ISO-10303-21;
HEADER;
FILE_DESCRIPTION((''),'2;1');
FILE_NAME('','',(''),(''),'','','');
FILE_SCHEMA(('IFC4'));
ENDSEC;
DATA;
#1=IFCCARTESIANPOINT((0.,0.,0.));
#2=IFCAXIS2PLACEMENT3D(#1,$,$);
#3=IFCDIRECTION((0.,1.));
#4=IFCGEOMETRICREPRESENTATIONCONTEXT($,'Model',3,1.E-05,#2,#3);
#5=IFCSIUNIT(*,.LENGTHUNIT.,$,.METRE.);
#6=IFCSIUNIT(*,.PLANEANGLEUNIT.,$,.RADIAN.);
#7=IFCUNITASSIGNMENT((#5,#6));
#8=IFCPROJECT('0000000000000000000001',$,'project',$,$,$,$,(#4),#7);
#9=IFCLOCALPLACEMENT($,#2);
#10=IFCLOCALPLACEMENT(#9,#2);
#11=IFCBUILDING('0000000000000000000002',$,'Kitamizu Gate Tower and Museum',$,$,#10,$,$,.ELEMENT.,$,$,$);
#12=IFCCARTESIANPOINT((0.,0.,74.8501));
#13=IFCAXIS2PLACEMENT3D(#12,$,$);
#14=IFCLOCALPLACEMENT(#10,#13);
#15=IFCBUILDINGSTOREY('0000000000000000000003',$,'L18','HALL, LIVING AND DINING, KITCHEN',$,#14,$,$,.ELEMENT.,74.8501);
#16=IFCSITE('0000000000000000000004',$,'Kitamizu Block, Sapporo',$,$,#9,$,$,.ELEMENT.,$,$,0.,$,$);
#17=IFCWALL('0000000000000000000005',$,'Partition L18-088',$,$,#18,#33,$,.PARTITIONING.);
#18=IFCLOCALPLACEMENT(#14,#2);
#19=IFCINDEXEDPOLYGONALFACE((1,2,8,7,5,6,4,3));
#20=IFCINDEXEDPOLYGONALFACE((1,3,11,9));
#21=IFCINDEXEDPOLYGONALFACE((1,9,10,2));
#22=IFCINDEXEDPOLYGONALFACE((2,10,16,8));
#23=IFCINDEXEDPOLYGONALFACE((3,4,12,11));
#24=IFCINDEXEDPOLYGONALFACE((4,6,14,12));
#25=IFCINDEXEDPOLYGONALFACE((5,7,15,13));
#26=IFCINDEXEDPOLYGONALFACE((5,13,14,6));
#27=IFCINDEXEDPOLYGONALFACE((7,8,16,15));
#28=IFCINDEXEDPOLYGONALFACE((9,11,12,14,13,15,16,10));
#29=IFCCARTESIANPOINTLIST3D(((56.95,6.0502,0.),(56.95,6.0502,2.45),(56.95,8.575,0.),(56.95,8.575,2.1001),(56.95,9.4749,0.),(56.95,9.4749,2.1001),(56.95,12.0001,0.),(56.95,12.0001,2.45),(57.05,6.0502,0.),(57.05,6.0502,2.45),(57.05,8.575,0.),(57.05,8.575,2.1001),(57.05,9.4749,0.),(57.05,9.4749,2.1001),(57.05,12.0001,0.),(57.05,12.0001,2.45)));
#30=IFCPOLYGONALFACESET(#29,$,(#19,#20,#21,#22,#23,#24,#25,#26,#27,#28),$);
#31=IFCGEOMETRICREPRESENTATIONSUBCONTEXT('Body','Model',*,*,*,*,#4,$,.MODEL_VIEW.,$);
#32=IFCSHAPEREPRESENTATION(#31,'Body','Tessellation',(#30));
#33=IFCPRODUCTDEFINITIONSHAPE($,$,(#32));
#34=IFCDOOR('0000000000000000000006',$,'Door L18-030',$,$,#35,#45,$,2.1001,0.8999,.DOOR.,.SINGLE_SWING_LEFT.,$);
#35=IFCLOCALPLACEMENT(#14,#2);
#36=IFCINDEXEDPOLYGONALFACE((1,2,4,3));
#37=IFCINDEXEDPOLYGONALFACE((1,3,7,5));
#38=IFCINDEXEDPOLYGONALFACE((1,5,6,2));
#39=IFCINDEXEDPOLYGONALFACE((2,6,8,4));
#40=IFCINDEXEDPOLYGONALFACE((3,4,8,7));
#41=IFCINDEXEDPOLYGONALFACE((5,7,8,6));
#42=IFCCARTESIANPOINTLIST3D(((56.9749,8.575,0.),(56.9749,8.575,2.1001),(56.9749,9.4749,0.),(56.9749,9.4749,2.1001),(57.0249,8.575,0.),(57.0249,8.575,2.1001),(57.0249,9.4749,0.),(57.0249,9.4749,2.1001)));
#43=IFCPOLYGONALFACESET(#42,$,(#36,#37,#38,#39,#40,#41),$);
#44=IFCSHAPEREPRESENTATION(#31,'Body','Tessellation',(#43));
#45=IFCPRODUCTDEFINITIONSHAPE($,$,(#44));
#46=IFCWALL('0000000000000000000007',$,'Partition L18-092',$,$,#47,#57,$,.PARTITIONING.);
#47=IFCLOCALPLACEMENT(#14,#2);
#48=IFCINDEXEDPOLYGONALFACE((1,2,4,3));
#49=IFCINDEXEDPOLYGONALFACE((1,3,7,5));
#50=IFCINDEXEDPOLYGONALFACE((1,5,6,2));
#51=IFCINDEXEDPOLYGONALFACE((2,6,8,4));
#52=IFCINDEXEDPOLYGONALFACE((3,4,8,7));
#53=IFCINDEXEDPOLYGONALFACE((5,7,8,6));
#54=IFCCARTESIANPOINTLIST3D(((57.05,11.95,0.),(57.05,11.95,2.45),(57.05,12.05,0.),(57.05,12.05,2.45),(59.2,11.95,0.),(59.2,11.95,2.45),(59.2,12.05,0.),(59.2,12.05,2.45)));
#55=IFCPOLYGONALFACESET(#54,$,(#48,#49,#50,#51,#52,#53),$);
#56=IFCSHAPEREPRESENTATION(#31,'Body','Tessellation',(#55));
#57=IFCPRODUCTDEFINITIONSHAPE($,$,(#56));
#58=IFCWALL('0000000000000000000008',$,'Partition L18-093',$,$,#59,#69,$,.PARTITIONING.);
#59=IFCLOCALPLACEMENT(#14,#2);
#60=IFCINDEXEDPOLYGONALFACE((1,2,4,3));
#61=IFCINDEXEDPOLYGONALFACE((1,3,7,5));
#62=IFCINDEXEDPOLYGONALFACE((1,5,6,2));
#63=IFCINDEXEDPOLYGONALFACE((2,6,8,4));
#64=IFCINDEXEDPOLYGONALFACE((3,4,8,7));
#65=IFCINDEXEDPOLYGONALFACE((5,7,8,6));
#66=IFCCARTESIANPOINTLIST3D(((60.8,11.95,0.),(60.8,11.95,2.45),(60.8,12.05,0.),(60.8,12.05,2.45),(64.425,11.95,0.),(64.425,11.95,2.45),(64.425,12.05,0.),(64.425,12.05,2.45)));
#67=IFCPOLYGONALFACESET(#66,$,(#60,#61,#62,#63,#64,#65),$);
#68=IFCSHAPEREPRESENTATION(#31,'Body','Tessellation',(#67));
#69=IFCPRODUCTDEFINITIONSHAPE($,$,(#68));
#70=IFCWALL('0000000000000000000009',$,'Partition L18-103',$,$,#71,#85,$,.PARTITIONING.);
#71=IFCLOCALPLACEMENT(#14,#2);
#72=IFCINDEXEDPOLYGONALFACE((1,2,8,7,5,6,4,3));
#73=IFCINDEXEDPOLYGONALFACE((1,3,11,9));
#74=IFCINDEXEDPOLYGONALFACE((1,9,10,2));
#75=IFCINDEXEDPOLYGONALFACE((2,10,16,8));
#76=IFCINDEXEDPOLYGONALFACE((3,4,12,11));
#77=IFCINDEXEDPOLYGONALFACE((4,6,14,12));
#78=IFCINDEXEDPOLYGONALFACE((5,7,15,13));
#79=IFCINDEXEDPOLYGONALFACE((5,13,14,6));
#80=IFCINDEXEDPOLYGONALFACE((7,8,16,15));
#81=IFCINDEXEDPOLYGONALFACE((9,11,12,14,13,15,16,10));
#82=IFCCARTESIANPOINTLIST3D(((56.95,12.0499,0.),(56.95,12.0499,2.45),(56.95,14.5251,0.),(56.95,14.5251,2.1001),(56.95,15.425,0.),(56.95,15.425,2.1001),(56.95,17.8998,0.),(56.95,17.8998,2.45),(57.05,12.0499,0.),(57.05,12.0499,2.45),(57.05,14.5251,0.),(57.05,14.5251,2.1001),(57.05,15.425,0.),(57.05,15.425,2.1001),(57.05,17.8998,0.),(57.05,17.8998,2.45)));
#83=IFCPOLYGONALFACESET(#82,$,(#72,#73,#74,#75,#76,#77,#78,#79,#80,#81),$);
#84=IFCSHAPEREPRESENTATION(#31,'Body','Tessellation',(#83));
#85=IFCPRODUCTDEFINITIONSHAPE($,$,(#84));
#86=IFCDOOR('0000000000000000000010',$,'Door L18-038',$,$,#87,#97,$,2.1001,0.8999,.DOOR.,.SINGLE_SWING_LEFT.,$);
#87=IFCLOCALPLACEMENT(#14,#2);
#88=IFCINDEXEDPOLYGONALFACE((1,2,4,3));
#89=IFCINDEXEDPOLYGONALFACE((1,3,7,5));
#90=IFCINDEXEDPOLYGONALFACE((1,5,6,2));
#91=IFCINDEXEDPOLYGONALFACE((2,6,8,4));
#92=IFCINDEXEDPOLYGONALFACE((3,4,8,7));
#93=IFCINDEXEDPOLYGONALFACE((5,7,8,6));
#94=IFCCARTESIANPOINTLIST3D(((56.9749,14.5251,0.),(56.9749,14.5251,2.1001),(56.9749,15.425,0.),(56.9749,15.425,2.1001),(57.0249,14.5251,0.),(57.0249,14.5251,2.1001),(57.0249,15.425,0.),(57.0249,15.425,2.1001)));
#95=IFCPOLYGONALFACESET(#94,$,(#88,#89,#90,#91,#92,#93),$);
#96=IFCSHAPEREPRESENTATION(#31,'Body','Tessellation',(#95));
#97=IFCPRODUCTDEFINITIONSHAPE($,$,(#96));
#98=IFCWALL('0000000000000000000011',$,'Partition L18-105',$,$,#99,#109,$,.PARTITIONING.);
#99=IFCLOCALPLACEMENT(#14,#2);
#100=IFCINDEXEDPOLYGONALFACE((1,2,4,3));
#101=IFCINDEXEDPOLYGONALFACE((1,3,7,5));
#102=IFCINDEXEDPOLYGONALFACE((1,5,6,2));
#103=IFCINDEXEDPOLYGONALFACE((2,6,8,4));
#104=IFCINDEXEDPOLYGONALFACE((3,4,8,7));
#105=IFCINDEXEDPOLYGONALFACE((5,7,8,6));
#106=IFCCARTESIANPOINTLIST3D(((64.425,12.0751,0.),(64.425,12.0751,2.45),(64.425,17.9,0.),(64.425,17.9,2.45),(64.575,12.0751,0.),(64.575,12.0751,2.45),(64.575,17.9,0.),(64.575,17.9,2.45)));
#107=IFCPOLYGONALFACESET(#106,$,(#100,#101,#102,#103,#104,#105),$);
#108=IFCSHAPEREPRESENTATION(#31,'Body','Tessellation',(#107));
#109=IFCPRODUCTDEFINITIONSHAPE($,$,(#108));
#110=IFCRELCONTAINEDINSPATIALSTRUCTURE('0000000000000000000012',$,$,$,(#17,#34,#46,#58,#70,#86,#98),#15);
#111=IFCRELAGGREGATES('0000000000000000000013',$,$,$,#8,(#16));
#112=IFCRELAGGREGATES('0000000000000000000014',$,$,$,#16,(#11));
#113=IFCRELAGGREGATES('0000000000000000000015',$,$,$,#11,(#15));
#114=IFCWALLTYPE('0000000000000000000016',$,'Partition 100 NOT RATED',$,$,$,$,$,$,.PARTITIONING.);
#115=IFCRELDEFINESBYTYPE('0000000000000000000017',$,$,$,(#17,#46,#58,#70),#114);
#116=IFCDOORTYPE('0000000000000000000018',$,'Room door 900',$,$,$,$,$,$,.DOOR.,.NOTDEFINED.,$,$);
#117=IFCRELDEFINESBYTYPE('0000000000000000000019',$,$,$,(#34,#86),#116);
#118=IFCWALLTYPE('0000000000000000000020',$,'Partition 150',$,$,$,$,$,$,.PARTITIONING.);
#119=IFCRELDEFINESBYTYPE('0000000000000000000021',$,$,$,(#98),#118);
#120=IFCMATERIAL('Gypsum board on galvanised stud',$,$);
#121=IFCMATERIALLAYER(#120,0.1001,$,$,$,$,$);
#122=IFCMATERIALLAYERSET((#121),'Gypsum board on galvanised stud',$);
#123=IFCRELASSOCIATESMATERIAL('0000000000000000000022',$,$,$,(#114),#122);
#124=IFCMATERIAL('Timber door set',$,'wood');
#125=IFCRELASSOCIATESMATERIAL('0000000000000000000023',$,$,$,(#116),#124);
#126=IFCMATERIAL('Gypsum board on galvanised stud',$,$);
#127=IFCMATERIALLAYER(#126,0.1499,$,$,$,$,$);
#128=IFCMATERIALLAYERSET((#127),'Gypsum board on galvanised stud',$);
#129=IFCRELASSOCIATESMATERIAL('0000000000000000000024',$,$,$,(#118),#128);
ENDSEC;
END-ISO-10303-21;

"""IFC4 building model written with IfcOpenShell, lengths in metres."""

from ifc_helpers import new_model, si_unit, direction, frame, frame_2d, origin, place, context, subcontext, project, spatial, rectangle, extrude, material, layer, layer_set, type_object, element, fill, save


model = new_model("IFC4")

# Units and contexts
model_context = context("Model", 3, precision=1e-05, world=origin(), true_north=direction((0.0, 1.0)))
body_context = subcontext(model_context, "Body", "Model", "MODEL_VIEW")
ifc_project = project(units=[si_unit("LENGTHUNIT", "METRE"), si_unit("PLANEANGLEUNIT", "RADIAN")], contexts=[model_context])

# Site, building, storey
site_placement = place(None, origin())
site = spatial("IfcSite", under=ifc_project, at=site_placement, Name="Kitamizu Block, Sapporo", CompositionType="ELEMENT", RefElevation=0.0)
building_placement = place(site_placement, origin())
building = spatial("IfcBuilding", under=site, at=building_placement, Name="Kitamizu Gate Tower and Museum", CompositionType="ELEMENT")
storey_placement = place(building_placement, frame((0.0, 0.0, 74.8501)))
storey = spatial("IfcBuildingStorey", under=building, at=storey_placement, Name="L18", Description="HALL, LIVING AND DINING, KITCHEN", CompositionType="ELEMENT", Elevation=74.8501)

# Shared definitions
ifc_material_1 = material(Name="Gypsum board on galvanised stud")
ifc_layer_1 = layer(ifc_material_1, 0.1001)
ifc_layer_set_1 = layer_set([ifc_layer_1], Name="Gypsum board on galvanised stud")
wall_type_1 = type_object("IfcWallType", Name="Partition 100 NOT RATED", PredefinedType="PARTITIONING", material=ifc_layer_set_1)
ifc_material_2 = material(Name="Timber door set", Category="wood")
door_type = type_object("IfcDoorType", Name="Room door 900", OperationType="NOTDEFINED", PredefinedType="DOOR", material=ifc_material_2)

# Wall, opening, door
wall_1_placement = place(storey_placement, frame((57.0, 6.05, 0.0), z_axis=(0.0, 0.0, 1.0), x_axis=(0.0, 1.0, 0.0)))
wall_1 = element("IfcWall", 1, at=wall_1_placement, inside=storey, type_object=wall_type_1, Name="Partition L18-088", PredefinedType="PARTITIONING", context=body_context, shape_type="SweptSolid", body=[
    extrude(rectangle(XDim=5.95, YDim=0.1001, at=frame_2d((2.9751, 0.0))), origin(), (0.0, 0.0, 1.0), 2.45),
])
opening_1_placement = place(wall_1_placement, frame((2.5249, 0.0, 0.0)))
opening_1 = element("IfcOpeningElement", 2, at=opening_1_placement, cuts=wall_1, PredefinedType="OPENING", context=body_context, shape_type="SweptSolid", body=[
    extrude(rectangle(XDim=0.8999, YDim=2.1001, at=frame_2d((0.45, 1.05))), frame((0.0, 0.0601, 0.0), z_axis=(0.0, -1.0, 0.0), x_axis=(1.0, 0.0, 0.0)), (0.0, 0.0, 1.0), 0.1201),
])
door_1_placement = place(opening_1_placement, frame((0.8999, 0.0, 0.0), x_axis=(-1.0, 0.0, 0.0)))
door_1 = element("IfcDoor", 3, at=door_1_placement, inside=storey, type_object=door_type, Name="Door L18-030", OperationType="SINGLE_SWING_LEFT", OverallHeight=2.1001, OverallWidth=0.8999, PredefinedType="DOOR", context=body_context, shape_type="SweptSolid", body=[
    extrude(rectangle(XDim=0.8999, YDim=2.1001, at=frame_2d((0.45, 1.05))), frame((0.0, 0.0249, 0.0), z_axis=(0.0, -1.0, 0.0), x_axis=(1.0, 0.0, 0.0)), (0.0, 0.0, 1.0), 0.05),
])
fill(opening_1, door_1)

# Walls
wall_2_placement = place(storey_placement, frame((59.2, 12.0, 0.0), z_axis=(0.0, 0.0, 1.0), x_axis=(-1.0, 0.0, 0.0)))
element("IfcWall", 4, at=wall_2_placement, inside=storey, type_object=wall_type_1, Name="Partition L18-092", PredefinedType="PARTITIONING", context=body_context, shape_type="SweptSolid", body=[
    extrude(rectangle(XDim=2.1499, YDim=0.1001, at=frame_2d((1.075, 0.0))), origin(), (0.0, 0.0, 1.0), 2.45),
])
wall_3_placement = place(storey_placement, frame((64.425, 12.0, 0.0), z_axis=(0.0, 0.0, 1.0), x_axis=(-1.0, 0.0, 0.0)))
element("IfcWall", 5, at=wall_3_placement, inside=storey, type_object=wall_type_1, Name="Partition L18-093", PredefinedType="PARTITIONING", context=body_context, shape_type="SweptSolid", body=[
    extrude(rectangle(XDim=3.625, YDim=0.1001, at=frame_2d((1.8125, 0.0))), origin(), (0.0, 0.0, 1.0), 2.45),
])

# Wall, opening, door
wall_4_placement = place(storey_placement, frame((57.0, 12.05, 0.0), z_axis=(0.0, 0.0, 1.0), x_axis=(0.0, 1.0, 0.0)))
wall_4 = element("IfcWall", 6, at=wall_4_placement, inside=storey, type_object=wall_type_1, Name="Partition L18-103", PredefinedType="PARTITIONING", context=body_context, shape_type="SweptSolid", body=[
    extrude(rectangle(XDim=5.8499, YDim=0.1001, at=frame_2d((2.9248, 0.0))), origin(), (0.0, 0.0, 1.0), 2.45),
])
opening_2_placement = place(wall_4_placement, frame((2.4751, 0.0, 0.0)))
opening_2 = element("IfcOpeningElement", 7, at=opening_2_placement, cuts=wall_4, PredefinedType="OPENING", context=body_context, shape_type="SweptSolid", body=[
    extrude(rectangle(XDim=0.8999, YDim=2.1001, at=frame_2d((0.45, 1.05))), frame((0.0, 0.0601, 0.0), z_axis=(0.0, -1.0, 0.0), x_axis=(1.0, 0.0, 0.0)), (0.0, 0.0, 1.0), 0.1201),
])
door_2_placement = place(opening_2_placement, frame((0.8999, 0.0, 0.0), x_axis=(-1.0, 0.0, 0.0)))
door_2 = element("IfcDoor", 8, at=door_2_placement, inside=storey, type_object=door_type, Name="Door L18-038", OperationType="SINGLE_SWING_LEFT", OverallHeight=2.1001, OverallWidth=0.8999, PredefinedType="DOOR", context=body_context, shape_type="SweptSolid", body=[
    extrude(rectangle(XDim=0.8999, YDim=2.1001, at=frame_2d((0.45, 1.05))), frame((0.0, 0.0249, 0.0), z_axis=(0.0, -1.0, 0.0), x_axis=(1.0, 0.0, 0.0)), (0.0, 0.0, 1.0), 0.05),
])
fill(opening_2, door_2)

# Wall
ifc_material_3 = material(Name="Gypsum board on galvanised stud")
ifc_layer_2 = layer(ifc_material_3, 0.1499)
ifc_layer_set_2 = layer_set([ifc_layer_2], Name="Gypsum board on galvanised stud")
wall_type_2 = type_object("IfcWallType", Name="Partition 150", PredefinedType="PARTITIONING", material=ifc_layer_set_2)
wall_5_placement = place(storey_placement, frame((64.5, 12.075, 0.0), z_axis=(0.0, 0.0, 1.0), x_axis=(0.0, 1.0, 0.0)))
element("IfcWall", 9, at=wall_5_placement, inside=storey, type_object=wall_type_2, Name="Partition L18-105", PredefinedType="PARTITIONING", context=body_context, shape_type="SweptSolid", body=[
    extrude(rectangle(XDim=5.825, YDim=0.1499, at=frame_2d((2.9126, 0.0))), origin(), (0.0, 0.0, 1.0), 2.45),
])

save(model, "model.ifc")
